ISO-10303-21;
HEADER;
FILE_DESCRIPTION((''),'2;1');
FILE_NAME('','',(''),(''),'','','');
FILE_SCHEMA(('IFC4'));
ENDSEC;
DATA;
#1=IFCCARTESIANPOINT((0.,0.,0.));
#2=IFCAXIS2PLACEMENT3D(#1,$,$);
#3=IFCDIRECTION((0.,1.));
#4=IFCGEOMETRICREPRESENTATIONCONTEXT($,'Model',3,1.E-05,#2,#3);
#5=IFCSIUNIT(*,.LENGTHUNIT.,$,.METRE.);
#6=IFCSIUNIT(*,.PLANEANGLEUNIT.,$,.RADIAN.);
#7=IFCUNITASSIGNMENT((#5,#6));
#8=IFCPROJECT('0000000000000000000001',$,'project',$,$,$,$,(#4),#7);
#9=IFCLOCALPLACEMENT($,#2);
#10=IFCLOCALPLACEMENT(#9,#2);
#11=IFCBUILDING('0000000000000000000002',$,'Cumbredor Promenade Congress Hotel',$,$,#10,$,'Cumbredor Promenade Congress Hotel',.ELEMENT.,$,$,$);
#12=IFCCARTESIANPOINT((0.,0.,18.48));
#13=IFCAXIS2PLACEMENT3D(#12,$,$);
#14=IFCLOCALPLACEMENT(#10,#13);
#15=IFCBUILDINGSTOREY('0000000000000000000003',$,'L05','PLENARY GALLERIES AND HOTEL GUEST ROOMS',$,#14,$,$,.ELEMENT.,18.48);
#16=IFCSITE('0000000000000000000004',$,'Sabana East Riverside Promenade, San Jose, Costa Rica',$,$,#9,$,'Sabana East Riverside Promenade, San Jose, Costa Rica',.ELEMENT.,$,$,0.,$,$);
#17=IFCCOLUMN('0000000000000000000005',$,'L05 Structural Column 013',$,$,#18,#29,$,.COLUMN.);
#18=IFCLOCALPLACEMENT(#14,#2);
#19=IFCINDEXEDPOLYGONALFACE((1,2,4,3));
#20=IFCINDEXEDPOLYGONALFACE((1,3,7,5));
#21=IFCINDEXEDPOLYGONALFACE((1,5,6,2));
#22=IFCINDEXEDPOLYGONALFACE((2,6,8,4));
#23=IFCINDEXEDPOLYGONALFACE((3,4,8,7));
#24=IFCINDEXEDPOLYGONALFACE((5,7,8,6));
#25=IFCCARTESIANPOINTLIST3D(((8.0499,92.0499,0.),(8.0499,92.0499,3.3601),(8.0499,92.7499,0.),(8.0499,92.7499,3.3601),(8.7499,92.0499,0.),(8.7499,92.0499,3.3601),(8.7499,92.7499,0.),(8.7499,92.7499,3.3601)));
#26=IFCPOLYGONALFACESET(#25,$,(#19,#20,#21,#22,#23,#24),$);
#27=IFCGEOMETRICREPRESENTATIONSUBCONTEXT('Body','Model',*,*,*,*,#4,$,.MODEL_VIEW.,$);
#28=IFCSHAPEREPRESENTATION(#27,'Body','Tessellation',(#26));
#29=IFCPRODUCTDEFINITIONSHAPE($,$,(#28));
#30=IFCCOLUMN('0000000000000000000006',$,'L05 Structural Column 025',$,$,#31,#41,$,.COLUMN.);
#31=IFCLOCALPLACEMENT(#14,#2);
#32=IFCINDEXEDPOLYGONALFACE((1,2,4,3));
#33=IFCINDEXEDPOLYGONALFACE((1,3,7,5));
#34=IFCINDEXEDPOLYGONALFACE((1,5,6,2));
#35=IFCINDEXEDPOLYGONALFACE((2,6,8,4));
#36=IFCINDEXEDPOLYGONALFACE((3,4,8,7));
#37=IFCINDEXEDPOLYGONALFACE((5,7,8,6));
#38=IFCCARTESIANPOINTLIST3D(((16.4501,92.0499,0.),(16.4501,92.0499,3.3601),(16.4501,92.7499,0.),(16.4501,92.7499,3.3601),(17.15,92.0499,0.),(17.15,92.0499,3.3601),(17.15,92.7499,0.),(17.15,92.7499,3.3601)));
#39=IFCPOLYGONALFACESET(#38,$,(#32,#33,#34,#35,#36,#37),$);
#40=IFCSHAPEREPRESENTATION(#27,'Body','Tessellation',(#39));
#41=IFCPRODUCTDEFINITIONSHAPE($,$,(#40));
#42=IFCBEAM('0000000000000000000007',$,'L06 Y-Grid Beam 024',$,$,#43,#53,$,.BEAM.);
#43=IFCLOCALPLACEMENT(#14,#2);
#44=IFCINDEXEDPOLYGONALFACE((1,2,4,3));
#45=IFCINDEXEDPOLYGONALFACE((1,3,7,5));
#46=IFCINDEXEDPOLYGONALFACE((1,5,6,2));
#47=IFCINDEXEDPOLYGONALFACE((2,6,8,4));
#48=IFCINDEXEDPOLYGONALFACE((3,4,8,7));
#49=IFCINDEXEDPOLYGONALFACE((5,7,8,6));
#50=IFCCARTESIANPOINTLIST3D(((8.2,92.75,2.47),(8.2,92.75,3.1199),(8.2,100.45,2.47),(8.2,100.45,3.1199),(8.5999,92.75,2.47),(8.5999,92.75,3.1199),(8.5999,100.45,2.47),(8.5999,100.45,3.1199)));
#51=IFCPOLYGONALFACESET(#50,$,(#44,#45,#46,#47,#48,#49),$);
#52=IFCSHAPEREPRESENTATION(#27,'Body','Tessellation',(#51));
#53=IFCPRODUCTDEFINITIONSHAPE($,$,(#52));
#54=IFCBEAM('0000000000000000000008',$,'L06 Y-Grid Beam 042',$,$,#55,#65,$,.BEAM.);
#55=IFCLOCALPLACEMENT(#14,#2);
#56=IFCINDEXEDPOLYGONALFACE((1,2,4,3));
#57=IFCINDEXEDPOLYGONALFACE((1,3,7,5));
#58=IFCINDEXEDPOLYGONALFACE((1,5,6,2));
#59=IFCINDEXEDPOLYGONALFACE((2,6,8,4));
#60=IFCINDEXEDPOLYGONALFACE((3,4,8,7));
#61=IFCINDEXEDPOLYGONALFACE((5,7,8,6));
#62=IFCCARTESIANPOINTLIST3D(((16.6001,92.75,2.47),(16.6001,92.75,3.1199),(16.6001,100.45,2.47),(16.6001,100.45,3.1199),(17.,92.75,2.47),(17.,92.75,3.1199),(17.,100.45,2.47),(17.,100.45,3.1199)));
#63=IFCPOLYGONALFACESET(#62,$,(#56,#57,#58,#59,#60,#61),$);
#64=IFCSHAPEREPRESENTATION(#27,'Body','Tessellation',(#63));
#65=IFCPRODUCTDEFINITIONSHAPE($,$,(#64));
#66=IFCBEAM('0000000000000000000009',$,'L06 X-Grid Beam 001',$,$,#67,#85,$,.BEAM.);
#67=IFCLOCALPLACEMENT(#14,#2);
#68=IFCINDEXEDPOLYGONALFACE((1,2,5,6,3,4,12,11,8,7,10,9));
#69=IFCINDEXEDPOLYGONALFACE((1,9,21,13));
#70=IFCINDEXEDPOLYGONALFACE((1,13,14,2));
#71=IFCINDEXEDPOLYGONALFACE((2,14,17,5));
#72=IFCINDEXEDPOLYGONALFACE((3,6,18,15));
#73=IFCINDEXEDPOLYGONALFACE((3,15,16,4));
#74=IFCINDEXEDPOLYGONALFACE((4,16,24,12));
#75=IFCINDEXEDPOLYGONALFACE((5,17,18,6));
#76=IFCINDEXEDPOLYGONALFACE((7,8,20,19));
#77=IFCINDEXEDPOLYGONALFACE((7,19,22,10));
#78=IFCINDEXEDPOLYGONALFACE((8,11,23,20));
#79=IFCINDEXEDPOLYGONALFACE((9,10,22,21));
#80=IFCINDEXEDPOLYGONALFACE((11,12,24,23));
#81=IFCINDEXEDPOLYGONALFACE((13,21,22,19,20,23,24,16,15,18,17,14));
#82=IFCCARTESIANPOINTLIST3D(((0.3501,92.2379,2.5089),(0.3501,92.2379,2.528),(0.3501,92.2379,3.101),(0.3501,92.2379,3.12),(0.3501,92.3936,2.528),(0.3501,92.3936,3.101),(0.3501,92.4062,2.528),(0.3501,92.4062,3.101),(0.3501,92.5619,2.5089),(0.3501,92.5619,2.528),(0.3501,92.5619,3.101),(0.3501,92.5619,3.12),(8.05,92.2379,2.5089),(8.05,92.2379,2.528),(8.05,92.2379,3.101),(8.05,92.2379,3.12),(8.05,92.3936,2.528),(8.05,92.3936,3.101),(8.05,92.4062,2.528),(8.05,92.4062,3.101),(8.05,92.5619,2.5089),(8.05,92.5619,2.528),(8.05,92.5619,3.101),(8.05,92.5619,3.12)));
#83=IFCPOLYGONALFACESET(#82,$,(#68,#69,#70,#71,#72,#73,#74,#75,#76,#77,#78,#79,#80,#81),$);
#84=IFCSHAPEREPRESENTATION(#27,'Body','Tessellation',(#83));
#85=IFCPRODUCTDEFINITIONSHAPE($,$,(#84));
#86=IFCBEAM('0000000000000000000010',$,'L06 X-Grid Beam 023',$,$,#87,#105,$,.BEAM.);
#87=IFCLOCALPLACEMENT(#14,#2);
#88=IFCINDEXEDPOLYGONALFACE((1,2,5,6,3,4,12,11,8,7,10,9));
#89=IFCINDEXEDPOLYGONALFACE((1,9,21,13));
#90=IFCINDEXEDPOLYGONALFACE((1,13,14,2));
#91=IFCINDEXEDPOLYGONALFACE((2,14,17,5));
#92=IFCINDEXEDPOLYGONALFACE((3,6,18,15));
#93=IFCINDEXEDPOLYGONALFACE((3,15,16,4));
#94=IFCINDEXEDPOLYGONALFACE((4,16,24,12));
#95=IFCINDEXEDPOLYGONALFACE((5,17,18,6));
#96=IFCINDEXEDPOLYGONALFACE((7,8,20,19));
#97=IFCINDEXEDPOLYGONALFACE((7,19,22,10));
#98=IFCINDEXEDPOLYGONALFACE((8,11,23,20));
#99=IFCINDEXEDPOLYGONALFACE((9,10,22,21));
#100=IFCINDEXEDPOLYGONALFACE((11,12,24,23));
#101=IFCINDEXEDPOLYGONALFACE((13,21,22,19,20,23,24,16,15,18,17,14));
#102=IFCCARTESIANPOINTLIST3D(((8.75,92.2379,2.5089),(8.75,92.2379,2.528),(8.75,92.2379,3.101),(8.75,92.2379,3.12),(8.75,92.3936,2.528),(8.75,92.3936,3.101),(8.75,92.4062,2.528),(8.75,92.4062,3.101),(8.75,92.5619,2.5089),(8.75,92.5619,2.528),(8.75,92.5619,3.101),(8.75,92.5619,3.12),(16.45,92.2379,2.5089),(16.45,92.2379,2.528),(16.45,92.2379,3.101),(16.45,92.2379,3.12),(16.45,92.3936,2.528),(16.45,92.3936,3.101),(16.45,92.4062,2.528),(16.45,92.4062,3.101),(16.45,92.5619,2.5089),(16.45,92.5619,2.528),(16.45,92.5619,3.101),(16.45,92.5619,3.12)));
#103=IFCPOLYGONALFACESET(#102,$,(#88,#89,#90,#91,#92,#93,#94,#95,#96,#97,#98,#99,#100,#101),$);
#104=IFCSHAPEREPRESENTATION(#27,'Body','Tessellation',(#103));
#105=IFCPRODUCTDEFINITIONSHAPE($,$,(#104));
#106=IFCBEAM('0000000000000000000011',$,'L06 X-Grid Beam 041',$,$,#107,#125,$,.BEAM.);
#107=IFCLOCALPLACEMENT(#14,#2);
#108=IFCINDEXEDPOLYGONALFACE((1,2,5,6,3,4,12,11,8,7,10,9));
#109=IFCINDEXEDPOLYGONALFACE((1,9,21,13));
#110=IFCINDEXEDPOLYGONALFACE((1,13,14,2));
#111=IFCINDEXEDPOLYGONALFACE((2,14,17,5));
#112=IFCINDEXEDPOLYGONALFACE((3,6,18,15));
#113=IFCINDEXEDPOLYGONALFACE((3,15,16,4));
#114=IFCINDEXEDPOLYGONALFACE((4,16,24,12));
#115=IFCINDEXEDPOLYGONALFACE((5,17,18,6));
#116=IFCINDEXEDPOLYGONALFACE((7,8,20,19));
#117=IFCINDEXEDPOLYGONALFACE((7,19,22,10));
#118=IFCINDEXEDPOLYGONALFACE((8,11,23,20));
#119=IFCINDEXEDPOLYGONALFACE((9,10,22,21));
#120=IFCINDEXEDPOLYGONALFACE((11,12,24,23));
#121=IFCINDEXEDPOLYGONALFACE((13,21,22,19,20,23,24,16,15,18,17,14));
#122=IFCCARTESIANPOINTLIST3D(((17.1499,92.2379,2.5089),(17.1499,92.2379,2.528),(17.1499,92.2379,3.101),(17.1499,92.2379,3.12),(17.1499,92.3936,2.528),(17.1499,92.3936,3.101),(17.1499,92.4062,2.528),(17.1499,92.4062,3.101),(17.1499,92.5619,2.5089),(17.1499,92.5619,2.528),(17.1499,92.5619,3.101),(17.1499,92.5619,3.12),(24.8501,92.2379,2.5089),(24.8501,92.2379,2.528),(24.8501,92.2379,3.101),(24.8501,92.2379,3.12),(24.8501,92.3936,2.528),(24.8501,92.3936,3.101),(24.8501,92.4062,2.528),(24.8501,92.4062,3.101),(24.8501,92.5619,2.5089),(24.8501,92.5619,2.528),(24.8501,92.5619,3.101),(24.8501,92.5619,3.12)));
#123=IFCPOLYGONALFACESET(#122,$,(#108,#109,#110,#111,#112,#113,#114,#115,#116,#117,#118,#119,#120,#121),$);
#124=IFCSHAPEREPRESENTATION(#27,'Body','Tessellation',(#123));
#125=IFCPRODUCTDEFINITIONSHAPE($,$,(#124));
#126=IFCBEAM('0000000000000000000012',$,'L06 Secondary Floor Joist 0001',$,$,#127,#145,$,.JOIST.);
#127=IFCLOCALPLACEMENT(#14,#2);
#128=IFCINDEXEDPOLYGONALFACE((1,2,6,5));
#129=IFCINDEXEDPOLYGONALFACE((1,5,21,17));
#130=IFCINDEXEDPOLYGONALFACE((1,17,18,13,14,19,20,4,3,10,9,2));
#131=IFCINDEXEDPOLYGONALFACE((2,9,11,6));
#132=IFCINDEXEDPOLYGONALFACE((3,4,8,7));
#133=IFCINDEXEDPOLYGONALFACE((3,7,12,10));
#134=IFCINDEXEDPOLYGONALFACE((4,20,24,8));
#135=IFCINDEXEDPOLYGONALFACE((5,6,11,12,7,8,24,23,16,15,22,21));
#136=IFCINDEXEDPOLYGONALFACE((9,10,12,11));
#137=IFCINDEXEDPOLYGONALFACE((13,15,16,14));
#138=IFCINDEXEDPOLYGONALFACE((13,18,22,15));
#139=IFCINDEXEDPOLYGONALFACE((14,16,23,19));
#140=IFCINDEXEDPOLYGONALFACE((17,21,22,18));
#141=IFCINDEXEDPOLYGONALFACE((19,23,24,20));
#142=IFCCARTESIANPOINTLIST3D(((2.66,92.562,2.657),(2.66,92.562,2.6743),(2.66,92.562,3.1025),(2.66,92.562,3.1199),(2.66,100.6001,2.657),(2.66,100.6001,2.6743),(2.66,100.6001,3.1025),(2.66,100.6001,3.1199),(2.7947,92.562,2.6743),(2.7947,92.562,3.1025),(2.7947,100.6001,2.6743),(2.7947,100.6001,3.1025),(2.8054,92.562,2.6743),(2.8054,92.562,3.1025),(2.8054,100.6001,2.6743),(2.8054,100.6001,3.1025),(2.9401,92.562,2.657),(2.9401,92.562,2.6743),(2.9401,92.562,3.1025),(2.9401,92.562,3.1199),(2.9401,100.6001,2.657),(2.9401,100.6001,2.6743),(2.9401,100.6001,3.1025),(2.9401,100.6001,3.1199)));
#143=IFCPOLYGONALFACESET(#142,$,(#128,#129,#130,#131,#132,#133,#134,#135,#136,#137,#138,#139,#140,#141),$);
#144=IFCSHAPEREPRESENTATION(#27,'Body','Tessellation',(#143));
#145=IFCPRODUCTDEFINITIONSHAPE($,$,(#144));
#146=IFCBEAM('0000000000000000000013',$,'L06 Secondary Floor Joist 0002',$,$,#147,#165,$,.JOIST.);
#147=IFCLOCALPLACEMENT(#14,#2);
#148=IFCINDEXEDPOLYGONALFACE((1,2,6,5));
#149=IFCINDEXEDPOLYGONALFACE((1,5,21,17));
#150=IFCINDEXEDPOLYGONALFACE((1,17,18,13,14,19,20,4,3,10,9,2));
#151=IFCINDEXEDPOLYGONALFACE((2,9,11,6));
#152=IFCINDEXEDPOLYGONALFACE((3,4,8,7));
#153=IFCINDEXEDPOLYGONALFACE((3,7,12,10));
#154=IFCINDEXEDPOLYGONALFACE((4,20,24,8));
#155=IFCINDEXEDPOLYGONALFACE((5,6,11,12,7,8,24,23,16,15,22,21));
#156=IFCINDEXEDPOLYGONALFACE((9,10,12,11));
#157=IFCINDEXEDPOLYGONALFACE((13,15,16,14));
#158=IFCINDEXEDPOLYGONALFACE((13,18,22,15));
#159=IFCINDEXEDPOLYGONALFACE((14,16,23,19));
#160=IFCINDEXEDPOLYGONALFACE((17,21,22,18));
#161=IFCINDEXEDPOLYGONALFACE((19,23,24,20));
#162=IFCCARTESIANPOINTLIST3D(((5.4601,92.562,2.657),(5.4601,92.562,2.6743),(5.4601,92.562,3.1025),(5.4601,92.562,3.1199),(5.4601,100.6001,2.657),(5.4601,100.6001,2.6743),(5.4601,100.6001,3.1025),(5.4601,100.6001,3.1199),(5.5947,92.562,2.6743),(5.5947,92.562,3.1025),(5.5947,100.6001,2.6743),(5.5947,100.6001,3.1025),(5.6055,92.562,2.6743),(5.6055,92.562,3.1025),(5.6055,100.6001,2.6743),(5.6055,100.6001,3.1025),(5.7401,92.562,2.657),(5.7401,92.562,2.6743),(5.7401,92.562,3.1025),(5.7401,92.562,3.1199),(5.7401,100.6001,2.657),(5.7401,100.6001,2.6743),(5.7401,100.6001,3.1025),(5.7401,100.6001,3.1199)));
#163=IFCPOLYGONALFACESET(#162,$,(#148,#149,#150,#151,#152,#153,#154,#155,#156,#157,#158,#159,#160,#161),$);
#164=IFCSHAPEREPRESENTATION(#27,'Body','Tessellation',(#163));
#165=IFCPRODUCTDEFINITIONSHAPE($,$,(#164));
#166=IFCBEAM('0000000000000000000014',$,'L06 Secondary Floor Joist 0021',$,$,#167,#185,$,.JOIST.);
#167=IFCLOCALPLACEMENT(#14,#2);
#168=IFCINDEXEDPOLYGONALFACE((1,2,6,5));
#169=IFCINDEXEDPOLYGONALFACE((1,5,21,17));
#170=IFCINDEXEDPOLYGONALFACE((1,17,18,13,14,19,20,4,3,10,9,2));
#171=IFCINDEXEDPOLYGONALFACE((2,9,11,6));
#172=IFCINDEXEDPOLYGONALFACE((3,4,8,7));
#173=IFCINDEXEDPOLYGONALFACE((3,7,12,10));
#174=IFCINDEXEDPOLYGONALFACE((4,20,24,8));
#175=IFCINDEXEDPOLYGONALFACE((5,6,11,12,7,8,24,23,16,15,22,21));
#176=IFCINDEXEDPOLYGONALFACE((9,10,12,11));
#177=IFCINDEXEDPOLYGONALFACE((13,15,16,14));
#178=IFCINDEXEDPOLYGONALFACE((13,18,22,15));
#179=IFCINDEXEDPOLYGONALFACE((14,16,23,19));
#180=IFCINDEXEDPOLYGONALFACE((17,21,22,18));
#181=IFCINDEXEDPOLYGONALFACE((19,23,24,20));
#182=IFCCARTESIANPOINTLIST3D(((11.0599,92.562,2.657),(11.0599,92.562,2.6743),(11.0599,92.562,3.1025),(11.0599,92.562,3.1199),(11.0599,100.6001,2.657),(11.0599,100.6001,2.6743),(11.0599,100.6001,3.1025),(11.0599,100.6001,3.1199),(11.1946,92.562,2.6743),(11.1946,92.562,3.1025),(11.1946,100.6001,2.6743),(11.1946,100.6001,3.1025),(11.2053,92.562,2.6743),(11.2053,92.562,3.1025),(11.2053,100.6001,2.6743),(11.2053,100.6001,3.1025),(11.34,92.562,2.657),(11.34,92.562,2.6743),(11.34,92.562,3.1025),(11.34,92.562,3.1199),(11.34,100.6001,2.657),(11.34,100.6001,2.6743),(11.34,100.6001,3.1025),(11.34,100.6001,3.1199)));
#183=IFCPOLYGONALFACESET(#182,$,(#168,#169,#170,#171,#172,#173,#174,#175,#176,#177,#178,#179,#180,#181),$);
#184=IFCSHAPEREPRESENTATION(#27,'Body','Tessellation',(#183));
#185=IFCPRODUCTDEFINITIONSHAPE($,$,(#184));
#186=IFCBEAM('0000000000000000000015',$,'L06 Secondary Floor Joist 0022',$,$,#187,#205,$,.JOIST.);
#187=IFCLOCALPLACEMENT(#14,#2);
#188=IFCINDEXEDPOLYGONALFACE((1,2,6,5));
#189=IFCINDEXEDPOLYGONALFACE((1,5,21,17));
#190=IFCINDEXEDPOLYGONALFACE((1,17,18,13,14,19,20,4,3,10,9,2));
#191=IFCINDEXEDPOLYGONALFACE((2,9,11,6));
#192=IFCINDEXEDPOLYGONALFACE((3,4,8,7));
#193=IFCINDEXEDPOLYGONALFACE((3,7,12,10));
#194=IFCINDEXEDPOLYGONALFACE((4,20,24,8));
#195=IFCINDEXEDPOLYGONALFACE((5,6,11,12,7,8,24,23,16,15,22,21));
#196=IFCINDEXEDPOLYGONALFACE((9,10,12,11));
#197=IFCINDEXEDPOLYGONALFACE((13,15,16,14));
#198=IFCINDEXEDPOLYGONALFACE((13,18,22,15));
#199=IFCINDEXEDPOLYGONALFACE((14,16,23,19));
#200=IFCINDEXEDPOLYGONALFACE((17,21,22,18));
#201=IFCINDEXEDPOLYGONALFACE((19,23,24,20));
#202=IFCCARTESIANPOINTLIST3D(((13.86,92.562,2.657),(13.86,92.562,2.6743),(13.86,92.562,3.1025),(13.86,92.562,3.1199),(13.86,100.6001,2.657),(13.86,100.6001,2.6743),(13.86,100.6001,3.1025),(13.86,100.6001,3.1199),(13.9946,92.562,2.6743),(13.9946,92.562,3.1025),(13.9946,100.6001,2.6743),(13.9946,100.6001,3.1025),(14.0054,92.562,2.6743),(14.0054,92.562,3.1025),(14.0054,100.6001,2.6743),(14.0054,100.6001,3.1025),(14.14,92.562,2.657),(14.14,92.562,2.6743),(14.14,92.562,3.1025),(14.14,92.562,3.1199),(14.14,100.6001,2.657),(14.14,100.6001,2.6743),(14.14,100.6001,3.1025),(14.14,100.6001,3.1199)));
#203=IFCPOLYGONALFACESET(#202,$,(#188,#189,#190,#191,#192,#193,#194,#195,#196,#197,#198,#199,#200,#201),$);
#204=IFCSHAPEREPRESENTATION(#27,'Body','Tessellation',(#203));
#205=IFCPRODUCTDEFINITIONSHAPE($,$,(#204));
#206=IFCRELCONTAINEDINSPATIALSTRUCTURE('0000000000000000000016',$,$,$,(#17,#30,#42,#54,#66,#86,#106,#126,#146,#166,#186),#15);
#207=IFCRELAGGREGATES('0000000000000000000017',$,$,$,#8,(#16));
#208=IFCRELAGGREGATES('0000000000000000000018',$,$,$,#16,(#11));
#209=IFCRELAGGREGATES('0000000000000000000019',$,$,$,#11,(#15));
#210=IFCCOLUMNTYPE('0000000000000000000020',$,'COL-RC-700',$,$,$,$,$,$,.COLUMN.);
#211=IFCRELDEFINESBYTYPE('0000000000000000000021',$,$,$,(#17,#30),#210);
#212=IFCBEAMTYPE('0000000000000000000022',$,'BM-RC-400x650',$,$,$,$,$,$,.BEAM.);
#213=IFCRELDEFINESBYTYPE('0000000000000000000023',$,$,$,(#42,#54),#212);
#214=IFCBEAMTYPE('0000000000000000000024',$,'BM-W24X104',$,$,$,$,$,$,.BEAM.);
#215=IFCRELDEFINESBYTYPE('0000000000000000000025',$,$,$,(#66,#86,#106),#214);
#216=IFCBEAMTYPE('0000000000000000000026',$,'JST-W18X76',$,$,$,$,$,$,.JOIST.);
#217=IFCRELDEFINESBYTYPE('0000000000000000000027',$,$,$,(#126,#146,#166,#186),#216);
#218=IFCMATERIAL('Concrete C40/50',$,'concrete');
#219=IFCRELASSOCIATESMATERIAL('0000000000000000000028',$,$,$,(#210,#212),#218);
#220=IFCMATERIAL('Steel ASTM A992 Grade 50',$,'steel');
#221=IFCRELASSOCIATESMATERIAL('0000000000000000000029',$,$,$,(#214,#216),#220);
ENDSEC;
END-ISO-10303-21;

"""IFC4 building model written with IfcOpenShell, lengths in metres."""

from ifc_helpers import new_model, si_unit, direction, frame, origin, origin_2d, place, context, subcontext, project, spatial, rectangle, i_section, extrude, material, material_profile, profile_set, type_object, element, save


model = new_model("IFC4")

# Units and contexts
model_context = context("Model", 3, precision=1e-05, world=origin(), true_north=direction((0.0, 1.0)))
body_context = subcontext(model_context, "Body", "Model", "MODEL_VIEW")
ifc_project = project(units=[si_unit("LENGTHUNIT", "METRE"), si_unit("PLANEANGLEUNIT", "RADIAN")], contexts=[model_context])

# Site, building, storey
site_placement = place(None, origin())
site = spatial("IfcSite", under=ifc_project, at=site_placement, Name="Sabana East Riverside Promenade, San Jose, Costa Rica", LongName="Sabana East Riverside Promenade, San Jose, Costa Rica", CompositionType="ELEMENT", RefElevation=0.0)
building_placement = place(site_placement, origin())
building = spatial("IfcBuilding", under=site, at=building_placement, Name="Cumbredor Promenade Congress Hotel", LongName="Cumbredor Promenade Congress Hotel", CompositionType="ELEMENT")
storey_placement = place(building_placement, frame((0.0, 0.0, 18.48)))
storey = spatial("IfcBuildingStorey", under=building, at=storey_placement, Name="L05", Description="PLENARY GALLERIES AND HOTEL GUEST ROOMS", CompositionType="ELEMENT", Elevation=18.48)

# Columns
ifc_material_1 = material(Name="Concrete C40/50", Category="concrete")
ifc_material_profile_1 = material_profile(ifc_material_1, rectangle(XDim=0.7, YDim=0.7, at=origin_2d()), Name="RC 700x700")
ifc_profile_set_1 = profile_set([ifc_material_profile_1], Name="Concrete C40/50")
column_type = type_object("IfcColumnType", Name="COL-RC-700", PredefinedType="COLUMN", material=ifc_profile_set_1)
for number, where, z_axis, x_axis, name in (
    (1, (8.3999, 92.3999, 0.0), (0.0, 0.0, 1.0), (1.0, 0.0, 0.0), "L05 Structural Column 013"),
    (2, (16.8, 92.3999, 0.0), (0.0, 0.0, 1.0), (1.0, 0.0, 0.0), "L05 Structural Column 025"),
):
    element("IfcColumn", number, at=place(storey_placement, frame(where, z_axis=z_axis, x_axis=x_axis)), inside=storey, type_object=column_type, Name=name, PredefinedType="COLUMN", context=body_context, shape_type="SweptSolid", body=[
        extrude(rectangle(XDim=0.7, YDim=0.7, at=origin_2d()), origin(), (0.0, 0.0, 1.0), 3.3601),
    ])

# Beams
ifc_material_profile_2 = material_profile(ifc_material_1, rectangle(XDim=0.3999, YDim=0.6499, at=origin_2d()), Name="RC BEAM 400x650")
ifc_profile_set_2 = profile_set([ifc_material_profile_2], Name="Concrete C40/50")
beam_type_1 = type_object("IfcBeamType", Name="BM-RC-400x650", PredefinedType="BEAM", material=ifc_profile_set_2)
for number, where, z_axis, x_axis, name in (
    (3, (8.3999, 92.75, 2.7949), (0.0, 1.0, 0.0), (-1.0, 0.0, 0.0), "L06 Y-Grid Beam 024"),
    (4, (16.8, 92.75, 2.7949), (0.0, 1.0, 0.0), (-1.0, 0.0, 0.0), "L06 Y-Grid Beam 042"),
):
    element("IfcBeam", number, at=place(storey_placement, frame(where, z_axis=z_axis, x_axis=x_axis)), inside=storey, type_object=beam_type_1, Name=name, PredefinedType="BEAM", context=body_context, shape_type="SweptSolid", body=[
        extrude(rectangle(XDim=0.3999, YDim=0.6499, at=origin_2d()), origin(), (0.0, 0.0, 1.0), 7.7),
    ])
ifc_material_2 = material(Name="Steel ASTM A992 Grade 50", Category="steel")
ifc_material_profile_3 = material_profile(ifc_material_2, i_section(OverallWidth=0.324, OverallDepth=0.6111, WebThickness=0.0127, FlangeThickness=0.019, at=origin_2d()), Name="W24X104")
ifc_profile_set_3 = profile_set([ifc_material_profile_3], Name="Steel ASTM A992 Grade 50")
beam_type_2 = type_object("IfcBeamType", Name="BM-W24X104", PredefinedType="BEAM", material=ifc_profile_set_3)
for number, where, z_axis, x_axis, name in (
    (5, (0.3501, 92.3999, 2.8145), (1.0, 0.0, 0.0), (0.0, 1.0, 0.0), "L06 X-Grid Beam 001"),
    (6, (8.75, 92.3999, 2.8145), (1.0, 0.0, 0.0), (0.0, 1.0, 0.0), "L06 X-Grid Beam 023"),
):
    element("IfcBeam", number, at=place(storey_placement, frame(where, z_axis=z_axis, x_axis=x_axis)), inside=storey, type_object=beam_type_2, Name=name, PredefinedType="BEAM", context=body_context, shape_type="SweptSolid", body=[
        extrude(i_section(OverallWidth=0.324, OverallDepth=0.6111, WebThickness=0.0127, FlangeThickness=0.019, at=origin_2d()), origin(), (0.0, 0.0, 1.0), 7.7),
    ])
beam_1_placement = place(storey_placement, frame((17.1499, 92.3999, 2.8145), z_axis=(1.0, 0.0, 0.0), x_axis=(0.0, 1.0, 0.0)))
element("IfcBeam", 7, at=beam_1_placement, inside=storey, type_object=beam_type_2, Name="L06 X-Grid Beam 041", PredefinedType="BEAM", context=body_context, shape_type="SweptSolid", body=[
    extrude(i_section(OverallWidth=0.324, OverallDepth=0.6111, WebThickness=0.0127, FlangeThickness=0.019, at=origin_2d()), origin(), (0.0, 0.0, 1.0), 7.7002),
])
ifc_material_profile_4 = material_profile(ifc_material_2, i_section(OverallWidth=0.28, OverallDepth=0.4629, WebThickness=0.0107, FlangeThickness=0.0173, at=origin_2d()), Name="W18X76")
ifc_profile_set_4 = profile_set([ifc_material_profile_4], Name="Steel ASTM A992 Grade 50")
beam_type_3 = type_object("IfcBeamType", Name="JST-W18X76", PredefinedType="JOIST", material=ifc_profile_set_4)
for number, where, z_axis, x_axis, name in (
    (8, (2.8, 92.562, 2.8884), (0.0, 1.0, 0.0), (-1.0, 0.0, 0.0), "L06 Secondary Floor Joist 0001"),
    (9, (5.6001, 92.562, 2.8884), (0.0, 1.0, 0.0), (-1.0, 0.0, 0.0), "L06 Secondary Floor Joist 0002"),
    (10, (11.2, 92.562, 2.8884), (0.0, 1.0, 0.0), (-1.0, 0.0, 0.0), "L06 Secondary Floor Joist 0021"),
    (11, (14.0, 92.562, 2.8884), (0.0, 1.0, 0.0), (-1.0, 0.0, 0.0), "L06 Secondary Floor Joist 0022"),
):
    element("IfcBeam", number, at=place(storey_placement, frame(where, z_axis=z_axis, x_axis=x_axis)), inside=storey, type_object=beam_type_3, Name=name, PredefinedType="JOIST", context=body_context, shape_type="SweptSolid", body=[
        extrude(i_section(OverallWidth=0.28, OverallDepth=0.4629, WebThickness=0.0107, FlangeThickness=0.0173, at=origin_2d()), origin(), (0.0, 0.0, 1.0), 8.0381),
    ])

save(model, "model.ifc")
